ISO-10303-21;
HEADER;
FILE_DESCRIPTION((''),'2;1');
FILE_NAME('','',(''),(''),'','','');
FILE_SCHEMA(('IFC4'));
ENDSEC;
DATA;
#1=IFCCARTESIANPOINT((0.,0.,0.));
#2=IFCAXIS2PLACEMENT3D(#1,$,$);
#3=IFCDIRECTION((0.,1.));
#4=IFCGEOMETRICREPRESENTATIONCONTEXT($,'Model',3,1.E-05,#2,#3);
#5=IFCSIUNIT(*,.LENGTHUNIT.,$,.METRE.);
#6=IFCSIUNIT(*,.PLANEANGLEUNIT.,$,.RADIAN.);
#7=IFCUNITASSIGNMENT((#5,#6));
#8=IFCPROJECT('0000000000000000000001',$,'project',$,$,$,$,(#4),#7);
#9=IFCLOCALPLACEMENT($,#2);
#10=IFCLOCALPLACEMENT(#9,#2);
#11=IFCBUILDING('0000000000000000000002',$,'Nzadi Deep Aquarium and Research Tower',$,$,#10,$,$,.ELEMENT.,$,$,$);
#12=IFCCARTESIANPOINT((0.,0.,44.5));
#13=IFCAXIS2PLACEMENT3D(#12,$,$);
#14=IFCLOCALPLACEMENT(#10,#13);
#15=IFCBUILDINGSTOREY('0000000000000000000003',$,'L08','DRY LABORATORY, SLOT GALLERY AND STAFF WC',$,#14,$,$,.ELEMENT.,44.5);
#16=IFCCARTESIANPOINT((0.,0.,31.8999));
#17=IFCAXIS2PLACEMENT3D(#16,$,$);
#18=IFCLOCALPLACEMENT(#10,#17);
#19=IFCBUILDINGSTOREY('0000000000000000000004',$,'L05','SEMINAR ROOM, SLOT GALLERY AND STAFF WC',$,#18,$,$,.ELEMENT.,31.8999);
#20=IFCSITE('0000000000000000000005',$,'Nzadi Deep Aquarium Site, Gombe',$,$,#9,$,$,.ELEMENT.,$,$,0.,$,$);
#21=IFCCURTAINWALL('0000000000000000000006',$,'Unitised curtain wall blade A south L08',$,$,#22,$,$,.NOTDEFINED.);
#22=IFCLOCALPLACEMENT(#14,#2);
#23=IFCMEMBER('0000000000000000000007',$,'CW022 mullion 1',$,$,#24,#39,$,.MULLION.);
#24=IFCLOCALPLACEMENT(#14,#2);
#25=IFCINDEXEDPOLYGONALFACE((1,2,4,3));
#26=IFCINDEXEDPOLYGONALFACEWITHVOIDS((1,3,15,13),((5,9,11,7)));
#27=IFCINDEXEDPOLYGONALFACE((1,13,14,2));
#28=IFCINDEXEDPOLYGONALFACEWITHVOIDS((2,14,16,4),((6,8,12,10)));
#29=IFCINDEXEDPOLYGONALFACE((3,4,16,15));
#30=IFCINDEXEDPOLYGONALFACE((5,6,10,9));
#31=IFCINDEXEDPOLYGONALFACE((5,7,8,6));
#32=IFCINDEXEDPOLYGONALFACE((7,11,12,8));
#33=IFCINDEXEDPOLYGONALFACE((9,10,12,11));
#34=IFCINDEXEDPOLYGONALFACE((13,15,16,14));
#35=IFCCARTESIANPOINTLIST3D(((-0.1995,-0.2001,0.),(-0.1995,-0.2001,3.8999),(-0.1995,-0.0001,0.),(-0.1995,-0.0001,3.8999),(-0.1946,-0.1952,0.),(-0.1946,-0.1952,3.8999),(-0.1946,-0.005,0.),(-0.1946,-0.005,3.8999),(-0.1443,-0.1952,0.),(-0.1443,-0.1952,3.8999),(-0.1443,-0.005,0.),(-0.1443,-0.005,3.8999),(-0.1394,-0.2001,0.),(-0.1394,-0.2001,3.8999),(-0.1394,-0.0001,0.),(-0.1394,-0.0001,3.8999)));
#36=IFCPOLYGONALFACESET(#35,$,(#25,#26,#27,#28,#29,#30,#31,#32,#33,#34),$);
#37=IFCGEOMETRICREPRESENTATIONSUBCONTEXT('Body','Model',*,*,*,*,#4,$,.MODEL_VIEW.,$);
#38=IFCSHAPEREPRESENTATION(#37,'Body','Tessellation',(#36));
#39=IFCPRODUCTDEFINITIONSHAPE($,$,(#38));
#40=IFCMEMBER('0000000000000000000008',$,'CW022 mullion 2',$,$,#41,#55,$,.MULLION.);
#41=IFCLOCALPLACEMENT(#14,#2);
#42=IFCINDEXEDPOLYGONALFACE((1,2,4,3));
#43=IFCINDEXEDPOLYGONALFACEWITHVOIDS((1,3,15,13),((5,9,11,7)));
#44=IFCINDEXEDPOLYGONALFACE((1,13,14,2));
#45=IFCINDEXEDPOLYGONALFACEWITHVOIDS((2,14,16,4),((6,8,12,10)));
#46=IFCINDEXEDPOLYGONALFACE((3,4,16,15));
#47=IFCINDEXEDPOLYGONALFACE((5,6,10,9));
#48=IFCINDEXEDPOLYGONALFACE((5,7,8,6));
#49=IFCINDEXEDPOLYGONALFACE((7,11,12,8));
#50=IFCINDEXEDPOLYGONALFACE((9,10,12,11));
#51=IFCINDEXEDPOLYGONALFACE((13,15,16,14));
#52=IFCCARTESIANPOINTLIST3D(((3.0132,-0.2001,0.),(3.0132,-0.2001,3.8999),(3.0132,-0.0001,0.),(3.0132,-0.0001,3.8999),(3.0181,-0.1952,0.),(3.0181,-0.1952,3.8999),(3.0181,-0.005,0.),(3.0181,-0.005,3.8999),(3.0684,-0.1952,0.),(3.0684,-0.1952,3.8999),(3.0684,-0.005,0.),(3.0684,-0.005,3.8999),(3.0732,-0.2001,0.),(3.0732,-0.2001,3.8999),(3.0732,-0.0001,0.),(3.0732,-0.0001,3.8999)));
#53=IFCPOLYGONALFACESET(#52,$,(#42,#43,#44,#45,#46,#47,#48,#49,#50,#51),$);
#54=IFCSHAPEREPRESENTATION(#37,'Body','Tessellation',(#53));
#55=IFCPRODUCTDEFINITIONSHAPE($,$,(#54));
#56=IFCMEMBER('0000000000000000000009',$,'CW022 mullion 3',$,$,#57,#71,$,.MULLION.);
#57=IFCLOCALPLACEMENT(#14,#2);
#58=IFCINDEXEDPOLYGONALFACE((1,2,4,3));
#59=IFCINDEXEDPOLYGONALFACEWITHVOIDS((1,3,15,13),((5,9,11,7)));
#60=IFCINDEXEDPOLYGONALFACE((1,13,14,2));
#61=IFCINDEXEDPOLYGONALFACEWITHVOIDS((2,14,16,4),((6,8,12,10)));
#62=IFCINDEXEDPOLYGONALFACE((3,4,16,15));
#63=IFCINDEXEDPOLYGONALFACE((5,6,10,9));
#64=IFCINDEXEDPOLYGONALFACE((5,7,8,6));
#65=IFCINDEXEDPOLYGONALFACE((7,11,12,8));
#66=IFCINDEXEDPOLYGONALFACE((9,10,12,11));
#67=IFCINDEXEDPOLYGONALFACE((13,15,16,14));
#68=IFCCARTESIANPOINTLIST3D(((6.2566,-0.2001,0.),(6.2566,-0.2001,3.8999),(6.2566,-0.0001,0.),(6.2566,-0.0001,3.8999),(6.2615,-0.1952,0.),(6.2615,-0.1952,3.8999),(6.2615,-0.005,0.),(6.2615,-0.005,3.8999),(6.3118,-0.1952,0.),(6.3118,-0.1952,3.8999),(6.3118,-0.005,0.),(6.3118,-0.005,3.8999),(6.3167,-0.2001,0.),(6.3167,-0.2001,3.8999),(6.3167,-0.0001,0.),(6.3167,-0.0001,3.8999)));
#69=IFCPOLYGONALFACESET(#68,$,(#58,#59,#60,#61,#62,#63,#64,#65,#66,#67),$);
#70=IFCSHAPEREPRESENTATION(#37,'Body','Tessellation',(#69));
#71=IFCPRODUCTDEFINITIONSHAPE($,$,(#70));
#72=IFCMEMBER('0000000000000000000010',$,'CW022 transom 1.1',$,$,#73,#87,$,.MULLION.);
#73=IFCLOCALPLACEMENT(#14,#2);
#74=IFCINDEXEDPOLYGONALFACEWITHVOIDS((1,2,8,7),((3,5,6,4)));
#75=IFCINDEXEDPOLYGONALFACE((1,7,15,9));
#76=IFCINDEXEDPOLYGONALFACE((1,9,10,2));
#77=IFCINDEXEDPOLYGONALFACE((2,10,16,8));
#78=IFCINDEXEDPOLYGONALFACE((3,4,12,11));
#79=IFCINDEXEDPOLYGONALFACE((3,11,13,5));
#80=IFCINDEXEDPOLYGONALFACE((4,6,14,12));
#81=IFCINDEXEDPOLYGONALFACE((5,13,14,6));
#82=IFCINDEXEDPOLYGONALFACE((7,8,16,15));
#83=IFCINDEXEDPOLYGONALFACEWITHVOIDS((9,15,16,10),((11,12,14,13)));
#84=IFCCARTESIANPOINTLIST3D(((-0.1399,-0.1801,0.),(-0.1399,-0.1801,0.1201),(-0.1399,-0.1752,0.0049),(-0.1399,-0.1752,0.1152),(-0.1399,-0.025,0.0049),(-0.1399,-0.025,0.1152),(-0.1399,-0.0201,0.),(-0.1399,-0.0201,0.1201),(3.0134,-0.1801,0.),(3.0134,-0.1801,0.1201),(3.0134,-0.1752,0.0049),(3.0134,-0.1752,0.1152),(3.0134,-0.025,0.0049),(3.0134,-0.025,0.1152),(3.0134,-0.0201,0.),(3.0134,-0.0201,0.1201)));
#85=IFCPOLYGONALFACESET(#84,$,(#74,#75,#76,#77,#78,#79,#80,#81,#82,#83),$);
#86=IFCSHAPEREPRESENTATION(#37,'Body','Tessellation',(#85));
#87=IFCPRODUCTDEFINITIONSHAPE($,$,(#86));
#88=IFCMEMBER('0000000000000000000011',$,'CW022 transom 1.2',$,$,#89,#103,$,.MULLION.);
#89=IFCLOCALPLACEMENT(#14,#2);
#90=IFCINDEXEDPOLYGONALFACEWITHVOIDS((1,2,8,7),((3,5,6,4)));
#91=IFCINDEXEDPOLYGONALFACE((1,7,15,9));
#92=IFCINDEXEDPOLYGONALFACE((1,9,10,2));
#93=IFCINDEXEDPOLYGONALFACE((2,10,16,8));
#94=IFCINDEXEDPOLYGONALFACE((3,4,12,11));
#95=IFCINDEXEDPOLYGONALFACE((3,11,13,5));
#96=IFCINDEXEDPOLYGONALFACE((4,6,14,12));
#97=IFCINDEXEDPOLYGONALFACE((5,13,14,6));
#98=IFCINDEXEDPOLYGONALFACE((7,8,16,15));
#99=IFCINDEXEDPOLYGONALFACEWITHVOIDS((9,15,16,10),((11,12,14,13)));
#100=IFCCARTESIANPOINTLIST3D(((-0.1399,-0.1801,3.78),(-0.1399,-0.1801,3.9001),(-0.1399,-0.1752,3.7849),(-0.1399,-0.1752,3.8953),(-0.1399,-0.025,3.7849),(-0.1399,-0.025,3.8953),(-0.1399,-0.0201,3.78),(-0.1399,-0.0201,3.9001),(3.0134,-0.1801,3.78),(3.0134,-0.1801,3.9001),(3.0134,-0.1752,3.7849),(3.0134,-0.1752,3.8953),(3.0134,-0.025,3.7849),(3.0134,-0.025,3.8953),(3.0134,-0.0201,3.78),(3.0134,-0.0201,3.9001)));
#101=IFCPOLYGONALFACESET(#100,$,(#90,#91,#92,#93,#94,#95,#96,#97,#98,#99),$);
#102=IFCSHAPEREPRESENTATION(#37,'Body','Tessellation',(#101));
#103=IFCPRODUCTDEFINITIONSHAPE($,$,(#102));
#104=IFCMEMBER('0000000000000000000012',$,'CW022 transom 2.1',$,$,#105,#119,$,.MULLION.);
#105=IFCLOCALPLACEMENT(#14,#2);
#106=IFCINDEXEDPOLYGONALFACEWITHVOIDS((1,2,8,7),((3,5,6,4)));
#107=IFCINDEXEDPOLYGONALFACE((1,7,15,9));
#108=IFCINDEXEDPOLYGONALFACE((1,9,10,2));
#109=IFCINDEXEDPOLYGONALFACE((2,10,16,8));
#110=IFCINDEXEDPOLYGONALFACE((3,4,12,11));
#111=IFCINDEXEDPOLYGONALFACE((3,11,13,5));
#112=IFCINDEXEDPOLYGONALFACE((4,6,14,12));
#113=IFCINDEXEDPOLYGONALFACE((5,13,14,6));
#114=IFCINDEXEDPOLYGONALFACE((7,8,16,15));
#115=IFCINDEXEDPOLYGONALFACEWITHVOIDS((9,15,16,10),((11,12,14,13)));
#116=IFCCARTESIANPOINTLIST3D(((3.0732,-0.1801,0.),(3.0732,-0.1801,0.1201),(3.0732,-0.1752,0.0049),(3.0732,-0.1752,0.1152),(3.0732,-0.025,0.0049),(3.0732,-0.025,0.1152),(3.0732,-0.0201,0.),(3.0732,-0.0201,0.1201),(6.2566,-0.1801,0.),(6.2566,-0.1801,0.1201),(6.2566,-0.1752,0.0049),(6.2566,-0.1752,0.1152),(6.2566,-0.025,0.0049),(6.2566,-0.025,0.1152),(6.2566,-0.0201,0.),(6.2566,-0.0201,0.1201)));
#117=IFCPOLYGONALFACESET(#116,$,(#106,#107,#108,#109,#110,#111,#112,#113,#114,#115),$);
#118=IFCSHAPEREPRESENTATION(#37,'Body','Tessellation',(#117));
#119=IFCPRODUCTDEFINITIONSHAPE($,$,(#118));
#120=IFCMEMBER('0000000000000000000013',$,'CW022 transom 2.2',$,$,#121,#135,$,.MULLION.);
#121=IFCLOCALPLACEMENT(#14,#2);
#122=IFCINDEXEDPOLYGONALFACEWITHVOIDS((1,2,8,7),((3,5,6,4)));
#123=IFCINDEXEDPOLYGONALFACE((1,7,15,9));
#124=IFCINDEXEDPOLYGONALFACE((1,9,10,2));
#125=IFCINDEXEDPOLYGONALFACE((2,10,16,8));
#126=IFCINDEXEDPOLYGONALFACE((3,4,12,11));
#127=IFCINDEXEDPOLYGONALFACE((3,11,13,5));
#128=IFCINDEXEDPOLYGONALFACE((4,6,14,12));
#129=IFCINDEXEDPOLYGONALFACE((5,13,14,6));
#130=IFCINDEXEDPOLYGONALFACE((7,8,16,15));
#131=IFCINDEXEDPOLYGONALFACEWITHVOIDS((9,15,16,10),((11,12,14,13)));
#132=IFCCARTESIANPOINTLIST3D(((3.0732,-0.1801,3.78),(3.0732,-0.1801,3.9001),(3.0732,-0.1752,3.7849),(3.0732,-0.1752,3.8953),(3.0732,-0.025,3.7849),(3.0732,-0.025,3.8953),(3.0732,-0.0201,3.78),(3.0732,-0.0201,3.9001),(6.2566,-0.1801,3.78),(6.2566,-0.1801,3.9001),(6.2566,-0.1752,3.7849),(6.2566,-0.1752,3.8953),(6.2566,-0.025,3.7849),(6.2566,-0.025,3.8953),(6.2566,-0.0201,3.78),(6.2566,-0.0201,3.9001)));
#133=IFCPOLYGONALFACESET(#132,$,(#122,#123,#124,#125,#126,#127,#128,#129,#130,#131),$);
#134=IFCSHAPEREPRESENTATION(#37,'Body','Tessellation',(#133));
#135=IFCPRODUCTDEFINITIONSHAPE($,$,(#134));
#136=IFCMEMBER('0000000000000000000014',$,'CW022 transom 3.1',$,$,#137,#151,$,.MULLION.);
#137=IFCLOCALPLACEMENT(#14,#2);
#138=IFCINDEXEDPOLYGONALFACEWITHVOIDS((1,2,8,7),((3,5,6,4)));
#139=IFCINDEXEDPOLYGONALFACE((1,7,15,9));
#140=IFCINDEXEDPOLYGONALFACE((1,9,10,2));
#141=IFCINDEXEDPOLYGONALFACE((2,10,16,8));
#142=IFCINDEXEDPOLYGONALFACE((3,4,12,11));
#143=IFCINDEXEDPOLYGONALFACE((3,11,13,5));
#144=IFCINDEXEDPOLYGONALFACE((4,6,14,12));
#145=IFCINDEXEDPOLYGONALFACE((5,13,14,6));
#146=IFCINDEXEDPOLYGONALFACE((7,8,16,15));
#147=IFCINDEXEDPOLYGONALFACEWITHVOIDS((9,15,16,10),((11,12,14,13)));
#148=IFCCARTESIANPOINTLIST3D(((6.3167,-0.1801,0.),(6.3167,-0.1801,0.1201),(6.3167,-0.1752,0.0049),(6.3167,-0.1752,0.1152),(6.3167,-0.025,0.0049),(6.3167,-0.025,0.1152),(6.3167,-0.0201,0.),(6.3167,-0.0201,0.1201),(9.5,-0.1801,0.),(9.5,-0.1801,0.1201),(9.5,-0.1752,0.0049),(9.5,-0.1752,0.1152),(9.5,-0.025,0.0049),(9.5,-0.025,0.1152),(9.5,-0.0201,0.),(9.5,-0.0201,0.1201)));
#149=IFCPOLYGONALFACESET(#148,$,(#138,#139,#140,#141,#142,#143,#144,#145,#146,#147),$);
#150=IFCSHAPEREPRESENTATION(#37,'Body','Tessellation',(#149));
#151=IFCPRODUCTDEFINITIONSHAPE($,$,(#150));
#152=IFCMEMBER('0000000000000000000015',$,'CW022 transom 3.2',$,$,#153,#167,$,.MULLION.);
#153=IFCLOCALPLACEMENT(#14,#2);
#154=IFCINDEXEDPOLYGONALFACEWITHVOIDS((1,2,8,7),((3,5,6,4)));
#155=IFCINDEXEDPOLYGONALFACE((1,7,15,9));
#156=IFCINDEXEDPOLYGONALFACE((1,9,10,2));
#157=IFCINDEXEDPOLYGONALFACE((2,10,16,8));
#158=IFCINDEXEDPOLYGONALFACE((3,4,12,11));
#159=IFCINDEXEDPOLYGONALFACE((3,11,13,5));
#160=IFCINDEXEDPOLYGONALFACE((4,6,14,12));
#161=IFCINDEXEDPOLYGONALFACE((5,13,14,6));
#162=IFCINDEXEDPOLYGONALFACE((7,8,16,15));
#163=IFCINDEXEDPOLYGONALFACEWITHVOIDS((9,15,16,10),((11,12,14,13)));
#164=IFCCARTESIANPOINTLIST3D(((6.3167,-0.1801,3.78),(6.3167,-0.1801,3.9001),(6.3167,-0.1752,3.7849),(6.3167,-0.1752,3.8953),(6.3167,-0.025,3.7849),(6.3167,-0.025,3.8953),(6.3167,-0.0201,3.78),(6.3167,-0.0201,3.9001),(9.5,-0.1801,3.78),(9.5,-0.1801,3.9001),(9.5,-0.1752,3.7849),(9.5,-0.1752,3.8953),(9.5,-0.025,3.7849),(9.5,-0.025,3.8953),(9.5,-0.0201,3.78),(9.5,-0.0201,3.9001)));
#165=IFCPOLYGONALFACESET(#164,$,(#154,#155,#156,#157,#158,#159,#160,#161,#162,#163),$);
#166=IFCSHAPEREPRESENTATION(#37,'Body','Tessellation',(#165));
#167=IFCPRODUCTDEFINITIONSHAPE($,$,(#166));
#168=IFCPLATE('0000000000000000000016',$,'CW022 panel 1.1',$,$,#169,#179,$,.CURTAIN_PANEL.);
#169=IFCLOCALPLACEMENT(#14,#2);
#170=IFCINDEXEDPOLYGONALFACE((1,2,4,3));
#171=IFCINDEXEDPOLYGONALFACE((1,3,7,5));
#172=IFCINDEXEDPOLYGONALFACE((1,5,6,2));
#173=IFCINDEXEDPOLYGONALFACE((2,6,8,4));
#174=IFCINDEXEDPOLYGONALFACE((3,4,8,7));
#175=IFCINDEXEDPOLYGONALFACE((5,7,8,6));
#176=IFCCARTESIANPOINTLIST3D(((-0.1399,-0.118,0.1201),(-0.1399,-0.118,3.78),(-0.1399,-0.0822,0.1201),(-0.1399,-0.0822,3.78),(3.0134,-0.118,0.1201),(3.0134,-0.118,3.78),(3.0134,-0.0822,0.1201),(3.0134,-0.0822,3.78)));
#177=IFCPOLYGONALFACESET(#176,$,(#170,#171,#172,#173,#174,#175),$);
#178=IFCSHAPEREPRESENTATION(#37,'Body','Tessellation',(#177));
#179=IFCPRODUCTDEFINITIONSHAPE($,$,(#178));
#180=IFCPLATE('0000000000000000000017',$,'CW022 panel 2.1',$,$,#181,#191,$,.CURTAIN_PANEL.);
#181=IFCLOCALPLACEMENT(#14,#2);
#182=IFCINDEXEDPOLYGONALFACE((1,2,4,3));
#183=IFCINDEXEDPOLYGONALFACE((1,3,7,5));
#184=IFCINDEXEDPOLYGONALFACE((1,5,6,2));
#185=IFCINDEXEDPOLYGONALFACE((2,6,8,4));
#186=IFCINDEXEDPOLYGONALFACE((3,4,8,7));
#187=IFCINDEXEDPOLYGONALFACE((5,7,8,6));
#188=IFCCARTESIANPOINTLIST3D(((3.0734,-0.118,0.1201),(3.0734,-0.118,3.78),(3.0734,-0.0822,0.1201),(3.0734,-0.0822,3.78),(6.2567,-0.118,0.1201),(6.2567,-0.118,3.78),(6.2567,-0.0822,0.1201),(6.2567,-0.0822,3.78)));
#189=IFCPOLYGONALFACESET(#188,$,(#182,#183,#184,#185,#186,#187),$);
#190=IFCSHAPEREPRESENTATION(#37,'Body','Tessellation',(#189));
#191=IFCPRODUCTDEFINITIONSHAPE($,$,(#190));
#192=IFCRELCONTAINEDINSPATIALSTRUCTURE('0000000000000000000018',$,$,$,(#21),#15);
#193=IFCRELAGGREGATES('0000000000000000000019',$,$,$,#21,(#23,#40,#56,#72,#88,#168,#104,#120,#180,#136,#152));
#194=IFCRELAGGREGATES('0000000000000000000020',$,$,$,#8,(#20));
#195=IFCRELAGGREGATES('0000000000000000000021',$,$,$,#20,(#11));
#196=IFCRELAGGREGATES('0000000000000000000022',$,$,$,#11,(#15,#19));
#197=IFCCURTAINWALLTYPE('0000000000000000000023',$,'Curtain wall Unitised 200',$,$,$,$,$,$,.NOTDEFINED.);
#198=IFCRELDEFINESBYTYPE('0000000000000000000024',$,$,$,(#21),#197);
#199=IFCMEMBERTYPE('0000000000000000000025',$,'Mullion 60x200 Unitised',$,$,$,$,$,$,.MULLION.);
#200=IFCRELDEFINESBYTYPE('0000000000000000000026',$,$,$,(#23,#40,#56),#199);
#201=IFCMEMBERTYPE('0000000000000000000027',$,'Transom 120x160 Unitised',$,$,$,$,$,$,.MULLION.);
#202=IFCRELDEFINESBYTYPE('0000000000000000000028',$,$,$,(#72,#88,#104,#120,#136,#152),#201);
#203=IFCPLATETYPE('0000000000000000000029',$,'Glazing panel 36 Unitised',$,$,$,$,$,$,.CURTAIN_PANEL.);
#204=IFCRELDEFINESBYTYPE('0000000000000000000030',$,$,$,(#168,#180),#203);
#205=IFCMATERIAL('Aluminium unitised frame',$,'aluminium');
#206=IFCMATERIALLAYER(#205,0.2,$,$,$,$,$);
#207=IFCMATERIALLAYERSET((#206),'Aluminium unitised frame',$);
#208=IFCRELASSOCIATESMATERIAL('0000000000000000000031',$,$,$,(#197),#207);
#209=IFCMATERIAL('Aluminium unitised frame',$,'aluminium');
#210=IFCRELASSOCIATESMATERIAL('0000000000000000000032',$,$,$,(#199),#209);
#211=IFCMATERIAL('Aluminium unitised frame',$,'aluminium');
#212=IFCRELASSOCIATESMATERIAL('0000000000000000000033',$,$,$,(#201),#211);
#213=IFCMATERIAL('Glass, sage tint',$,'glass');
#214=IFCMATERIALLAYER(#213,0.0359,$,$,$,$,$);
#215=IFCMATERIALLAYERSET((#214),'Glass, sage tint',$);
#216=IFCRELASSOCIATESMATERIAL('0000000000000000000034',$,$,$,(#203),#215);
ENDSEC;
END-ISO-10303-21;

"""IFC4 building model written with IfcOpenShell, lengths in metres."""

from ifc_helpers import new_model, si_unit, direction, frame, origin, origin_2d, place, context, subcontext, project, spatial, rectangle, hollow_rectangle, extrude, material, layer, layer_set, material_profile, profile_set, type_object, element, aggregate, save


model = new_model("IFC4")

# Units and contexts
model_context = context("Model", 3, precision=1e-05, world=origin(), true_north=direction((0.0, 1.0)))
body_context = subcontext(model_context, "Body", "Model", "MODEL_VIEW")
ifc_project = project(units=[si_unit("LENGTHUNIT", "METRE"), si_unit("PLANEANGLEUNIT", "RADIAN")], contexts=[model_context])

# Site, building, storey
site_placement = place(None, origin())
site = spatial("IfcSite", under=ifc_project, at=site_placement, Name="Nzadi Deep Aquarium Site, Gombe", CompositionType="ELEMENT", RefElevation=0.0)
building_placement = place(site_placement, origin())
building = spatial("IfcBuilding", under=site, at=building_placement, Name="Nzadi Deep Aquarium and Research Tower", CompositionType="ELEMENT")
storey_1_placement = place(building_placement, frame((0.0, 0.0, 44.5)))
storey_1 = spatial("IfcBuildingStorey", under=building, at=storey_1_placement, Name="L08", Description="DRY LABORATORY, SLOT GALLERY AND STAFF WC", CompositionType="ELEMENT", Elevation=44.5)

# Curtain wall, members, plates
ifc_material_1 = material(Name="Aluminium unitised frame", Category="aluminium")
ifc_layer_1 = layer(ifc_material_1, 0.2)
ifc_layer_set_1 = layer_set([ifc_layer_1], Name="Aluminium unitised frame")
curtain_wall_type = type_object("IfcCurtainWallType", Name="Curtain wall Unitised 200", PredefinedType="NOTDEFINED", material=ifc_layer_set_1)
curtain_wall_placement = place(storey_1_placement, origin())
curtain_wall = element("IfcCurtainWall", 1, at=curtain_wall_placement, inside=storey_1, type_object=curtain_wall_type, Name="Unitised curtain wall blade A south L08", PredefinedType="NOTDEFINED")
ifc_material_2 = material(Name="Aluminium unitised frame", Category="aluminium")
ifc_material_profile_1 = material_profile(ifc_material_2, hollow_rectangle(XDim=0.2, YDim=0.0601, WallThickness=0.0049, at=origin_2d()))
ifc_profile_set_1 = profile_set([ifc_material_profile_1], Name="Aluminium unitised frame")
member_type_1 = type_object("IfcMemberType", Name="Mullion 60x200 Unitised", PredefinedType="MULLION", material=ifc_profile_set_1)
member_1_placement = place(storey_1_placement, frame((-0.1694, -0.1001, 0.0), z_axis=(0.0, 0.0, 1.0), x_axis=(0.0, 1.0, 0.0)))
member_1 = element("IfcMember", 2, at=member_1_placement, type_object=member_type_1, Name="CW022 mullion 1", PredefinedType="MULLION", context=body_context, shape_type="SweptSolid", body=[
    extrude(hollow_rectangle(XDim=0.2, YDim=0.0601, WallThickness=0.0049, at=origin_2d()), origin(), (0.0, 0.0, 1.0), 3.8999),
])
member_2_placement = place(storey_1_placement, frame((3.0432, -0.1001, 0.0), z_axis=(0.0, 0.0, 1.0), x_axis=(0.0, 1.0, 0.0)))
member_2 = element("IfcMember", 3, at=member_2_placement, type_object=member_type_1, Name="CW022 mullion 2", PredefinedType="MULLION", context=body_context, shape_type="SweptSolid", body=[
    extrude(hollow_rectangle(XDim=0.2, YDim=0.0601, WallThickness=0.0049, at=origin_2d()), origin(), (0.0, 0.0, 1.0), 3.8999),
])
member_3_placement = place(storey_1_placement, frame((6.2866, -0.1001, 0.0), z_axis=(0.0, 0.0, 1.0), x_axis=(0.0, 1.0, 0.0)))
member_3 = element("IfcMember", 4, at=member_3_placement, type_object=member_type_1, Name="CW022 mullion 3", PredefinedType="MULLION", context=body_context, shape_type="SweptSolid", body=[
    extrude(hollow_rectangle(XDim=0.2, YDim=0.0601, WallThickness=0.0049, at=origin_2d()), origin(), (0.0, 0.0, 1.0), 3.8999),
])
ifc_material_3 = material(Name="Aluminium unitised frame", Category="aluminium")
ifc_material_profile_2 = material_profile(ifc_material_3, hollow_rectangle(XDim=0.1599, YDim=0.1201, WallThickness=0.0049, at=origin_2d()))
ifc_profile_set_2 = profile_set([ifc_material_profile_2], Name="Aluminium unitised frame")
member_type_2 = type_object("IfcMemberType", Name="Transom 120x160 Unitised", PredefinedType="MULLION", material=ifc_profile_set_2)
member_4_placement = place(storey_1_placement, frame((-0.1399, -0.1001, 0.0601), z_axis=(1.0, 0.0, 0.0), x_axis=(0.0, 1.0, 0.0)))
member_4 = element("IfcMember", 5, at=member_4_placement, type_object=member_type_2, Name="CW022 transom 1.1", PredefinedType="MULLION", context=body_context, shape_type="SweptSolid", body=[
    extrude(hollow_rectangle(XDim=0.1599, YDim=0.1201, WallThickness=0.0049, at=origin_2d()), origin(), (0.0, 0.0, 1.0), 3.1533),
])
member_5_placement = place(storey_1_placement, frame((-0.1399, -0.1001, 3.8401), z_axis=(1.0, 0.0, 0.0), x_axis=(0.0, 1.0, 0.0)))
member_5 = element("IfcMember", 6, at=member_5_placement, type_object=member_type_2, Name="CW022 transom 1.2", PredefinedType="MULLION", context=body_context, shape_type="SweptSolid", body=[
    extrude(hollow_rectangle(XDim=0.1599, YDim=0.1201, WallThickness=0.0049, at=origin_2d()), origin(), (0.0, 0.0, 1.0), 3.1533),
])
member_6_placement = place(storey_1_placement, frame((3.0732, -0.1001, 0.0601), z_axis=(1.0, 0.0, 0.0), x_axis=(0.0, 1.0, 0.0)))
member_6 = element("IfcMember", 7, at=member_6_placement, type_object=member_type_2, Name="CW022 transom 2.1", PredefinedType="MULLION", context=body_context, shape_type="SweptSolid", body=[
    extrude(hollow_rectangle(XDim=0.1599, YDim=0.1201, WallThickness=0.0049, at=origin_2d()), origin(), (0.0, 0.0, 1.0), 3.1833),
])
member_7_placement = place(storey_1_placement, frame((3.0732, -0.1001, 3.8401), z_axis=(1.0, 0.0, 0.0), x_axis=(0.0, 1.0, 0.0)))
member_7 = element("IfcMember", 8, at=member_7_placement, type_object=member_type_2, Name="CW022 transom 2.2", PredefinedType="MULLION", context=body_context, shape_type="SweptSolid", body=[
    extrude(hollow_rectangle(XDim=0.1599, YDim=0.1201, WallThickness=0.0049, at=origin_2d()), origin(), (0.0, 0.0, 1.0), 3.1833),
])
member_8_placement = place(storey_1_placement, frame((6.3167, -0.1001, 0.0601), z_axis=(1.0, 0.0, 0.0), x_axis=(0.0, 1.0, 0.0)))
member_8 = element("IfcMember", 9, at=member_8_placement, type_object=member_type_2, Name="CW022 transom 3.1", PredefinedType="MULLION", context=body_context, shape_type="SweptSolid", body=[
    extrude(hollow_rectangle(XDim=0.1599, YDim=0.1201, WallThickness=0.0049, at=origin_2d()), origin(), (0.0, 0.0, 1.0), 3.1833),
])
member_9_placement = place(storey_1_placement, frame((6.3167, -0.1001, 3.8401), z_axis=(1.0, 0.0, 0.0), x_axis=(0.0, 1.0, 0.0)))
member_9 = element("IfcMember", 10, at=member_9_placement, type_object=member_type_2, Name="CW022 transom 3.2", PredefinedType="MULLION", context=body_context, shape_type="SweptSolid", body=[
    extrude(hollow_rectangle(XDim=0.1599, YDim=0.1201, WallThickness=0.0049, at=origin_2d()), origin(), (0.0, 0.0, 1.0), 3.1833),
])
ifc_material_4 = material(Name="Glass, sage tint", Category="glass")
ifc_layer_2 = layer(ifc_material_4, 0.0359)
ifc_layer_set_2 = layer_set([ifc_layer_2], Name="Glass, sage tint")
plate_type = type_object("IfcPlateType", Name="Glazing panel 36 Unitised", PredefinedType="CURTAIN_PANEL", material=ifc_layer_set_2)
plate_1_placement = place(storey_1_placement, frame((1.4368, -0.1001, 0.1201), z_axis=(0.0, 0.0, 1.0), x_axis=(1.0, 0.0, 0.0)))
plate_1 = element("IfcPlate", 11, at=plate_1_placement, type_object=plate_type, Name="CW022 panel 1.1", PredefinedType="CURTAIN_PANEL", context=body_context, shape_type="SweptSolid", body=[
    extrude(rectangle(XDim=3.1533, YDim=0.0359, at=origin_2d()), origin(), (0.0, 0.0, 1.0), 3.6599),
])
plate_2_placement = place(storey_1_placement, frame((4.665, -0.1001, 0.1201), z_axis=(0.0, 0.0, 1.0), x_axis=(1.0, 0.0, 0.0)))
plate_2 = element("IfcPlate", 12, at=plate_2_placement, type_object=plate_type, Name="CW022 panel 2.1", PredefinedType="CURTAIN_PANEL", context=body_context, shape_type="SweptSolid", body=[
    extrude(rectangle(XDim=3.1833, YDim=0.0359, at=origin_2d()), origin(), (0.0, 0.0, 1.0), 3.6599),
])
aggregate(curtain_wall, [member_1, member_2, member_3, member_4, member_5, plate_1, member_6, member_7, plate_2, member_8, member_9])

# Shared definitions
storey_2_placement = place(building_placement, frame((0.0, 0.0, 31.8999)))
storey_2 = spatial("IfcBuildingStorey", under=building, at=storey_2_placement, Name="L05", Description="SEMINAR ROOM, SLOT GALLERY AND STAFF WC", CompositionType="ELEMENT", Elevation=31.8999)

save(model, "model.ifc")
